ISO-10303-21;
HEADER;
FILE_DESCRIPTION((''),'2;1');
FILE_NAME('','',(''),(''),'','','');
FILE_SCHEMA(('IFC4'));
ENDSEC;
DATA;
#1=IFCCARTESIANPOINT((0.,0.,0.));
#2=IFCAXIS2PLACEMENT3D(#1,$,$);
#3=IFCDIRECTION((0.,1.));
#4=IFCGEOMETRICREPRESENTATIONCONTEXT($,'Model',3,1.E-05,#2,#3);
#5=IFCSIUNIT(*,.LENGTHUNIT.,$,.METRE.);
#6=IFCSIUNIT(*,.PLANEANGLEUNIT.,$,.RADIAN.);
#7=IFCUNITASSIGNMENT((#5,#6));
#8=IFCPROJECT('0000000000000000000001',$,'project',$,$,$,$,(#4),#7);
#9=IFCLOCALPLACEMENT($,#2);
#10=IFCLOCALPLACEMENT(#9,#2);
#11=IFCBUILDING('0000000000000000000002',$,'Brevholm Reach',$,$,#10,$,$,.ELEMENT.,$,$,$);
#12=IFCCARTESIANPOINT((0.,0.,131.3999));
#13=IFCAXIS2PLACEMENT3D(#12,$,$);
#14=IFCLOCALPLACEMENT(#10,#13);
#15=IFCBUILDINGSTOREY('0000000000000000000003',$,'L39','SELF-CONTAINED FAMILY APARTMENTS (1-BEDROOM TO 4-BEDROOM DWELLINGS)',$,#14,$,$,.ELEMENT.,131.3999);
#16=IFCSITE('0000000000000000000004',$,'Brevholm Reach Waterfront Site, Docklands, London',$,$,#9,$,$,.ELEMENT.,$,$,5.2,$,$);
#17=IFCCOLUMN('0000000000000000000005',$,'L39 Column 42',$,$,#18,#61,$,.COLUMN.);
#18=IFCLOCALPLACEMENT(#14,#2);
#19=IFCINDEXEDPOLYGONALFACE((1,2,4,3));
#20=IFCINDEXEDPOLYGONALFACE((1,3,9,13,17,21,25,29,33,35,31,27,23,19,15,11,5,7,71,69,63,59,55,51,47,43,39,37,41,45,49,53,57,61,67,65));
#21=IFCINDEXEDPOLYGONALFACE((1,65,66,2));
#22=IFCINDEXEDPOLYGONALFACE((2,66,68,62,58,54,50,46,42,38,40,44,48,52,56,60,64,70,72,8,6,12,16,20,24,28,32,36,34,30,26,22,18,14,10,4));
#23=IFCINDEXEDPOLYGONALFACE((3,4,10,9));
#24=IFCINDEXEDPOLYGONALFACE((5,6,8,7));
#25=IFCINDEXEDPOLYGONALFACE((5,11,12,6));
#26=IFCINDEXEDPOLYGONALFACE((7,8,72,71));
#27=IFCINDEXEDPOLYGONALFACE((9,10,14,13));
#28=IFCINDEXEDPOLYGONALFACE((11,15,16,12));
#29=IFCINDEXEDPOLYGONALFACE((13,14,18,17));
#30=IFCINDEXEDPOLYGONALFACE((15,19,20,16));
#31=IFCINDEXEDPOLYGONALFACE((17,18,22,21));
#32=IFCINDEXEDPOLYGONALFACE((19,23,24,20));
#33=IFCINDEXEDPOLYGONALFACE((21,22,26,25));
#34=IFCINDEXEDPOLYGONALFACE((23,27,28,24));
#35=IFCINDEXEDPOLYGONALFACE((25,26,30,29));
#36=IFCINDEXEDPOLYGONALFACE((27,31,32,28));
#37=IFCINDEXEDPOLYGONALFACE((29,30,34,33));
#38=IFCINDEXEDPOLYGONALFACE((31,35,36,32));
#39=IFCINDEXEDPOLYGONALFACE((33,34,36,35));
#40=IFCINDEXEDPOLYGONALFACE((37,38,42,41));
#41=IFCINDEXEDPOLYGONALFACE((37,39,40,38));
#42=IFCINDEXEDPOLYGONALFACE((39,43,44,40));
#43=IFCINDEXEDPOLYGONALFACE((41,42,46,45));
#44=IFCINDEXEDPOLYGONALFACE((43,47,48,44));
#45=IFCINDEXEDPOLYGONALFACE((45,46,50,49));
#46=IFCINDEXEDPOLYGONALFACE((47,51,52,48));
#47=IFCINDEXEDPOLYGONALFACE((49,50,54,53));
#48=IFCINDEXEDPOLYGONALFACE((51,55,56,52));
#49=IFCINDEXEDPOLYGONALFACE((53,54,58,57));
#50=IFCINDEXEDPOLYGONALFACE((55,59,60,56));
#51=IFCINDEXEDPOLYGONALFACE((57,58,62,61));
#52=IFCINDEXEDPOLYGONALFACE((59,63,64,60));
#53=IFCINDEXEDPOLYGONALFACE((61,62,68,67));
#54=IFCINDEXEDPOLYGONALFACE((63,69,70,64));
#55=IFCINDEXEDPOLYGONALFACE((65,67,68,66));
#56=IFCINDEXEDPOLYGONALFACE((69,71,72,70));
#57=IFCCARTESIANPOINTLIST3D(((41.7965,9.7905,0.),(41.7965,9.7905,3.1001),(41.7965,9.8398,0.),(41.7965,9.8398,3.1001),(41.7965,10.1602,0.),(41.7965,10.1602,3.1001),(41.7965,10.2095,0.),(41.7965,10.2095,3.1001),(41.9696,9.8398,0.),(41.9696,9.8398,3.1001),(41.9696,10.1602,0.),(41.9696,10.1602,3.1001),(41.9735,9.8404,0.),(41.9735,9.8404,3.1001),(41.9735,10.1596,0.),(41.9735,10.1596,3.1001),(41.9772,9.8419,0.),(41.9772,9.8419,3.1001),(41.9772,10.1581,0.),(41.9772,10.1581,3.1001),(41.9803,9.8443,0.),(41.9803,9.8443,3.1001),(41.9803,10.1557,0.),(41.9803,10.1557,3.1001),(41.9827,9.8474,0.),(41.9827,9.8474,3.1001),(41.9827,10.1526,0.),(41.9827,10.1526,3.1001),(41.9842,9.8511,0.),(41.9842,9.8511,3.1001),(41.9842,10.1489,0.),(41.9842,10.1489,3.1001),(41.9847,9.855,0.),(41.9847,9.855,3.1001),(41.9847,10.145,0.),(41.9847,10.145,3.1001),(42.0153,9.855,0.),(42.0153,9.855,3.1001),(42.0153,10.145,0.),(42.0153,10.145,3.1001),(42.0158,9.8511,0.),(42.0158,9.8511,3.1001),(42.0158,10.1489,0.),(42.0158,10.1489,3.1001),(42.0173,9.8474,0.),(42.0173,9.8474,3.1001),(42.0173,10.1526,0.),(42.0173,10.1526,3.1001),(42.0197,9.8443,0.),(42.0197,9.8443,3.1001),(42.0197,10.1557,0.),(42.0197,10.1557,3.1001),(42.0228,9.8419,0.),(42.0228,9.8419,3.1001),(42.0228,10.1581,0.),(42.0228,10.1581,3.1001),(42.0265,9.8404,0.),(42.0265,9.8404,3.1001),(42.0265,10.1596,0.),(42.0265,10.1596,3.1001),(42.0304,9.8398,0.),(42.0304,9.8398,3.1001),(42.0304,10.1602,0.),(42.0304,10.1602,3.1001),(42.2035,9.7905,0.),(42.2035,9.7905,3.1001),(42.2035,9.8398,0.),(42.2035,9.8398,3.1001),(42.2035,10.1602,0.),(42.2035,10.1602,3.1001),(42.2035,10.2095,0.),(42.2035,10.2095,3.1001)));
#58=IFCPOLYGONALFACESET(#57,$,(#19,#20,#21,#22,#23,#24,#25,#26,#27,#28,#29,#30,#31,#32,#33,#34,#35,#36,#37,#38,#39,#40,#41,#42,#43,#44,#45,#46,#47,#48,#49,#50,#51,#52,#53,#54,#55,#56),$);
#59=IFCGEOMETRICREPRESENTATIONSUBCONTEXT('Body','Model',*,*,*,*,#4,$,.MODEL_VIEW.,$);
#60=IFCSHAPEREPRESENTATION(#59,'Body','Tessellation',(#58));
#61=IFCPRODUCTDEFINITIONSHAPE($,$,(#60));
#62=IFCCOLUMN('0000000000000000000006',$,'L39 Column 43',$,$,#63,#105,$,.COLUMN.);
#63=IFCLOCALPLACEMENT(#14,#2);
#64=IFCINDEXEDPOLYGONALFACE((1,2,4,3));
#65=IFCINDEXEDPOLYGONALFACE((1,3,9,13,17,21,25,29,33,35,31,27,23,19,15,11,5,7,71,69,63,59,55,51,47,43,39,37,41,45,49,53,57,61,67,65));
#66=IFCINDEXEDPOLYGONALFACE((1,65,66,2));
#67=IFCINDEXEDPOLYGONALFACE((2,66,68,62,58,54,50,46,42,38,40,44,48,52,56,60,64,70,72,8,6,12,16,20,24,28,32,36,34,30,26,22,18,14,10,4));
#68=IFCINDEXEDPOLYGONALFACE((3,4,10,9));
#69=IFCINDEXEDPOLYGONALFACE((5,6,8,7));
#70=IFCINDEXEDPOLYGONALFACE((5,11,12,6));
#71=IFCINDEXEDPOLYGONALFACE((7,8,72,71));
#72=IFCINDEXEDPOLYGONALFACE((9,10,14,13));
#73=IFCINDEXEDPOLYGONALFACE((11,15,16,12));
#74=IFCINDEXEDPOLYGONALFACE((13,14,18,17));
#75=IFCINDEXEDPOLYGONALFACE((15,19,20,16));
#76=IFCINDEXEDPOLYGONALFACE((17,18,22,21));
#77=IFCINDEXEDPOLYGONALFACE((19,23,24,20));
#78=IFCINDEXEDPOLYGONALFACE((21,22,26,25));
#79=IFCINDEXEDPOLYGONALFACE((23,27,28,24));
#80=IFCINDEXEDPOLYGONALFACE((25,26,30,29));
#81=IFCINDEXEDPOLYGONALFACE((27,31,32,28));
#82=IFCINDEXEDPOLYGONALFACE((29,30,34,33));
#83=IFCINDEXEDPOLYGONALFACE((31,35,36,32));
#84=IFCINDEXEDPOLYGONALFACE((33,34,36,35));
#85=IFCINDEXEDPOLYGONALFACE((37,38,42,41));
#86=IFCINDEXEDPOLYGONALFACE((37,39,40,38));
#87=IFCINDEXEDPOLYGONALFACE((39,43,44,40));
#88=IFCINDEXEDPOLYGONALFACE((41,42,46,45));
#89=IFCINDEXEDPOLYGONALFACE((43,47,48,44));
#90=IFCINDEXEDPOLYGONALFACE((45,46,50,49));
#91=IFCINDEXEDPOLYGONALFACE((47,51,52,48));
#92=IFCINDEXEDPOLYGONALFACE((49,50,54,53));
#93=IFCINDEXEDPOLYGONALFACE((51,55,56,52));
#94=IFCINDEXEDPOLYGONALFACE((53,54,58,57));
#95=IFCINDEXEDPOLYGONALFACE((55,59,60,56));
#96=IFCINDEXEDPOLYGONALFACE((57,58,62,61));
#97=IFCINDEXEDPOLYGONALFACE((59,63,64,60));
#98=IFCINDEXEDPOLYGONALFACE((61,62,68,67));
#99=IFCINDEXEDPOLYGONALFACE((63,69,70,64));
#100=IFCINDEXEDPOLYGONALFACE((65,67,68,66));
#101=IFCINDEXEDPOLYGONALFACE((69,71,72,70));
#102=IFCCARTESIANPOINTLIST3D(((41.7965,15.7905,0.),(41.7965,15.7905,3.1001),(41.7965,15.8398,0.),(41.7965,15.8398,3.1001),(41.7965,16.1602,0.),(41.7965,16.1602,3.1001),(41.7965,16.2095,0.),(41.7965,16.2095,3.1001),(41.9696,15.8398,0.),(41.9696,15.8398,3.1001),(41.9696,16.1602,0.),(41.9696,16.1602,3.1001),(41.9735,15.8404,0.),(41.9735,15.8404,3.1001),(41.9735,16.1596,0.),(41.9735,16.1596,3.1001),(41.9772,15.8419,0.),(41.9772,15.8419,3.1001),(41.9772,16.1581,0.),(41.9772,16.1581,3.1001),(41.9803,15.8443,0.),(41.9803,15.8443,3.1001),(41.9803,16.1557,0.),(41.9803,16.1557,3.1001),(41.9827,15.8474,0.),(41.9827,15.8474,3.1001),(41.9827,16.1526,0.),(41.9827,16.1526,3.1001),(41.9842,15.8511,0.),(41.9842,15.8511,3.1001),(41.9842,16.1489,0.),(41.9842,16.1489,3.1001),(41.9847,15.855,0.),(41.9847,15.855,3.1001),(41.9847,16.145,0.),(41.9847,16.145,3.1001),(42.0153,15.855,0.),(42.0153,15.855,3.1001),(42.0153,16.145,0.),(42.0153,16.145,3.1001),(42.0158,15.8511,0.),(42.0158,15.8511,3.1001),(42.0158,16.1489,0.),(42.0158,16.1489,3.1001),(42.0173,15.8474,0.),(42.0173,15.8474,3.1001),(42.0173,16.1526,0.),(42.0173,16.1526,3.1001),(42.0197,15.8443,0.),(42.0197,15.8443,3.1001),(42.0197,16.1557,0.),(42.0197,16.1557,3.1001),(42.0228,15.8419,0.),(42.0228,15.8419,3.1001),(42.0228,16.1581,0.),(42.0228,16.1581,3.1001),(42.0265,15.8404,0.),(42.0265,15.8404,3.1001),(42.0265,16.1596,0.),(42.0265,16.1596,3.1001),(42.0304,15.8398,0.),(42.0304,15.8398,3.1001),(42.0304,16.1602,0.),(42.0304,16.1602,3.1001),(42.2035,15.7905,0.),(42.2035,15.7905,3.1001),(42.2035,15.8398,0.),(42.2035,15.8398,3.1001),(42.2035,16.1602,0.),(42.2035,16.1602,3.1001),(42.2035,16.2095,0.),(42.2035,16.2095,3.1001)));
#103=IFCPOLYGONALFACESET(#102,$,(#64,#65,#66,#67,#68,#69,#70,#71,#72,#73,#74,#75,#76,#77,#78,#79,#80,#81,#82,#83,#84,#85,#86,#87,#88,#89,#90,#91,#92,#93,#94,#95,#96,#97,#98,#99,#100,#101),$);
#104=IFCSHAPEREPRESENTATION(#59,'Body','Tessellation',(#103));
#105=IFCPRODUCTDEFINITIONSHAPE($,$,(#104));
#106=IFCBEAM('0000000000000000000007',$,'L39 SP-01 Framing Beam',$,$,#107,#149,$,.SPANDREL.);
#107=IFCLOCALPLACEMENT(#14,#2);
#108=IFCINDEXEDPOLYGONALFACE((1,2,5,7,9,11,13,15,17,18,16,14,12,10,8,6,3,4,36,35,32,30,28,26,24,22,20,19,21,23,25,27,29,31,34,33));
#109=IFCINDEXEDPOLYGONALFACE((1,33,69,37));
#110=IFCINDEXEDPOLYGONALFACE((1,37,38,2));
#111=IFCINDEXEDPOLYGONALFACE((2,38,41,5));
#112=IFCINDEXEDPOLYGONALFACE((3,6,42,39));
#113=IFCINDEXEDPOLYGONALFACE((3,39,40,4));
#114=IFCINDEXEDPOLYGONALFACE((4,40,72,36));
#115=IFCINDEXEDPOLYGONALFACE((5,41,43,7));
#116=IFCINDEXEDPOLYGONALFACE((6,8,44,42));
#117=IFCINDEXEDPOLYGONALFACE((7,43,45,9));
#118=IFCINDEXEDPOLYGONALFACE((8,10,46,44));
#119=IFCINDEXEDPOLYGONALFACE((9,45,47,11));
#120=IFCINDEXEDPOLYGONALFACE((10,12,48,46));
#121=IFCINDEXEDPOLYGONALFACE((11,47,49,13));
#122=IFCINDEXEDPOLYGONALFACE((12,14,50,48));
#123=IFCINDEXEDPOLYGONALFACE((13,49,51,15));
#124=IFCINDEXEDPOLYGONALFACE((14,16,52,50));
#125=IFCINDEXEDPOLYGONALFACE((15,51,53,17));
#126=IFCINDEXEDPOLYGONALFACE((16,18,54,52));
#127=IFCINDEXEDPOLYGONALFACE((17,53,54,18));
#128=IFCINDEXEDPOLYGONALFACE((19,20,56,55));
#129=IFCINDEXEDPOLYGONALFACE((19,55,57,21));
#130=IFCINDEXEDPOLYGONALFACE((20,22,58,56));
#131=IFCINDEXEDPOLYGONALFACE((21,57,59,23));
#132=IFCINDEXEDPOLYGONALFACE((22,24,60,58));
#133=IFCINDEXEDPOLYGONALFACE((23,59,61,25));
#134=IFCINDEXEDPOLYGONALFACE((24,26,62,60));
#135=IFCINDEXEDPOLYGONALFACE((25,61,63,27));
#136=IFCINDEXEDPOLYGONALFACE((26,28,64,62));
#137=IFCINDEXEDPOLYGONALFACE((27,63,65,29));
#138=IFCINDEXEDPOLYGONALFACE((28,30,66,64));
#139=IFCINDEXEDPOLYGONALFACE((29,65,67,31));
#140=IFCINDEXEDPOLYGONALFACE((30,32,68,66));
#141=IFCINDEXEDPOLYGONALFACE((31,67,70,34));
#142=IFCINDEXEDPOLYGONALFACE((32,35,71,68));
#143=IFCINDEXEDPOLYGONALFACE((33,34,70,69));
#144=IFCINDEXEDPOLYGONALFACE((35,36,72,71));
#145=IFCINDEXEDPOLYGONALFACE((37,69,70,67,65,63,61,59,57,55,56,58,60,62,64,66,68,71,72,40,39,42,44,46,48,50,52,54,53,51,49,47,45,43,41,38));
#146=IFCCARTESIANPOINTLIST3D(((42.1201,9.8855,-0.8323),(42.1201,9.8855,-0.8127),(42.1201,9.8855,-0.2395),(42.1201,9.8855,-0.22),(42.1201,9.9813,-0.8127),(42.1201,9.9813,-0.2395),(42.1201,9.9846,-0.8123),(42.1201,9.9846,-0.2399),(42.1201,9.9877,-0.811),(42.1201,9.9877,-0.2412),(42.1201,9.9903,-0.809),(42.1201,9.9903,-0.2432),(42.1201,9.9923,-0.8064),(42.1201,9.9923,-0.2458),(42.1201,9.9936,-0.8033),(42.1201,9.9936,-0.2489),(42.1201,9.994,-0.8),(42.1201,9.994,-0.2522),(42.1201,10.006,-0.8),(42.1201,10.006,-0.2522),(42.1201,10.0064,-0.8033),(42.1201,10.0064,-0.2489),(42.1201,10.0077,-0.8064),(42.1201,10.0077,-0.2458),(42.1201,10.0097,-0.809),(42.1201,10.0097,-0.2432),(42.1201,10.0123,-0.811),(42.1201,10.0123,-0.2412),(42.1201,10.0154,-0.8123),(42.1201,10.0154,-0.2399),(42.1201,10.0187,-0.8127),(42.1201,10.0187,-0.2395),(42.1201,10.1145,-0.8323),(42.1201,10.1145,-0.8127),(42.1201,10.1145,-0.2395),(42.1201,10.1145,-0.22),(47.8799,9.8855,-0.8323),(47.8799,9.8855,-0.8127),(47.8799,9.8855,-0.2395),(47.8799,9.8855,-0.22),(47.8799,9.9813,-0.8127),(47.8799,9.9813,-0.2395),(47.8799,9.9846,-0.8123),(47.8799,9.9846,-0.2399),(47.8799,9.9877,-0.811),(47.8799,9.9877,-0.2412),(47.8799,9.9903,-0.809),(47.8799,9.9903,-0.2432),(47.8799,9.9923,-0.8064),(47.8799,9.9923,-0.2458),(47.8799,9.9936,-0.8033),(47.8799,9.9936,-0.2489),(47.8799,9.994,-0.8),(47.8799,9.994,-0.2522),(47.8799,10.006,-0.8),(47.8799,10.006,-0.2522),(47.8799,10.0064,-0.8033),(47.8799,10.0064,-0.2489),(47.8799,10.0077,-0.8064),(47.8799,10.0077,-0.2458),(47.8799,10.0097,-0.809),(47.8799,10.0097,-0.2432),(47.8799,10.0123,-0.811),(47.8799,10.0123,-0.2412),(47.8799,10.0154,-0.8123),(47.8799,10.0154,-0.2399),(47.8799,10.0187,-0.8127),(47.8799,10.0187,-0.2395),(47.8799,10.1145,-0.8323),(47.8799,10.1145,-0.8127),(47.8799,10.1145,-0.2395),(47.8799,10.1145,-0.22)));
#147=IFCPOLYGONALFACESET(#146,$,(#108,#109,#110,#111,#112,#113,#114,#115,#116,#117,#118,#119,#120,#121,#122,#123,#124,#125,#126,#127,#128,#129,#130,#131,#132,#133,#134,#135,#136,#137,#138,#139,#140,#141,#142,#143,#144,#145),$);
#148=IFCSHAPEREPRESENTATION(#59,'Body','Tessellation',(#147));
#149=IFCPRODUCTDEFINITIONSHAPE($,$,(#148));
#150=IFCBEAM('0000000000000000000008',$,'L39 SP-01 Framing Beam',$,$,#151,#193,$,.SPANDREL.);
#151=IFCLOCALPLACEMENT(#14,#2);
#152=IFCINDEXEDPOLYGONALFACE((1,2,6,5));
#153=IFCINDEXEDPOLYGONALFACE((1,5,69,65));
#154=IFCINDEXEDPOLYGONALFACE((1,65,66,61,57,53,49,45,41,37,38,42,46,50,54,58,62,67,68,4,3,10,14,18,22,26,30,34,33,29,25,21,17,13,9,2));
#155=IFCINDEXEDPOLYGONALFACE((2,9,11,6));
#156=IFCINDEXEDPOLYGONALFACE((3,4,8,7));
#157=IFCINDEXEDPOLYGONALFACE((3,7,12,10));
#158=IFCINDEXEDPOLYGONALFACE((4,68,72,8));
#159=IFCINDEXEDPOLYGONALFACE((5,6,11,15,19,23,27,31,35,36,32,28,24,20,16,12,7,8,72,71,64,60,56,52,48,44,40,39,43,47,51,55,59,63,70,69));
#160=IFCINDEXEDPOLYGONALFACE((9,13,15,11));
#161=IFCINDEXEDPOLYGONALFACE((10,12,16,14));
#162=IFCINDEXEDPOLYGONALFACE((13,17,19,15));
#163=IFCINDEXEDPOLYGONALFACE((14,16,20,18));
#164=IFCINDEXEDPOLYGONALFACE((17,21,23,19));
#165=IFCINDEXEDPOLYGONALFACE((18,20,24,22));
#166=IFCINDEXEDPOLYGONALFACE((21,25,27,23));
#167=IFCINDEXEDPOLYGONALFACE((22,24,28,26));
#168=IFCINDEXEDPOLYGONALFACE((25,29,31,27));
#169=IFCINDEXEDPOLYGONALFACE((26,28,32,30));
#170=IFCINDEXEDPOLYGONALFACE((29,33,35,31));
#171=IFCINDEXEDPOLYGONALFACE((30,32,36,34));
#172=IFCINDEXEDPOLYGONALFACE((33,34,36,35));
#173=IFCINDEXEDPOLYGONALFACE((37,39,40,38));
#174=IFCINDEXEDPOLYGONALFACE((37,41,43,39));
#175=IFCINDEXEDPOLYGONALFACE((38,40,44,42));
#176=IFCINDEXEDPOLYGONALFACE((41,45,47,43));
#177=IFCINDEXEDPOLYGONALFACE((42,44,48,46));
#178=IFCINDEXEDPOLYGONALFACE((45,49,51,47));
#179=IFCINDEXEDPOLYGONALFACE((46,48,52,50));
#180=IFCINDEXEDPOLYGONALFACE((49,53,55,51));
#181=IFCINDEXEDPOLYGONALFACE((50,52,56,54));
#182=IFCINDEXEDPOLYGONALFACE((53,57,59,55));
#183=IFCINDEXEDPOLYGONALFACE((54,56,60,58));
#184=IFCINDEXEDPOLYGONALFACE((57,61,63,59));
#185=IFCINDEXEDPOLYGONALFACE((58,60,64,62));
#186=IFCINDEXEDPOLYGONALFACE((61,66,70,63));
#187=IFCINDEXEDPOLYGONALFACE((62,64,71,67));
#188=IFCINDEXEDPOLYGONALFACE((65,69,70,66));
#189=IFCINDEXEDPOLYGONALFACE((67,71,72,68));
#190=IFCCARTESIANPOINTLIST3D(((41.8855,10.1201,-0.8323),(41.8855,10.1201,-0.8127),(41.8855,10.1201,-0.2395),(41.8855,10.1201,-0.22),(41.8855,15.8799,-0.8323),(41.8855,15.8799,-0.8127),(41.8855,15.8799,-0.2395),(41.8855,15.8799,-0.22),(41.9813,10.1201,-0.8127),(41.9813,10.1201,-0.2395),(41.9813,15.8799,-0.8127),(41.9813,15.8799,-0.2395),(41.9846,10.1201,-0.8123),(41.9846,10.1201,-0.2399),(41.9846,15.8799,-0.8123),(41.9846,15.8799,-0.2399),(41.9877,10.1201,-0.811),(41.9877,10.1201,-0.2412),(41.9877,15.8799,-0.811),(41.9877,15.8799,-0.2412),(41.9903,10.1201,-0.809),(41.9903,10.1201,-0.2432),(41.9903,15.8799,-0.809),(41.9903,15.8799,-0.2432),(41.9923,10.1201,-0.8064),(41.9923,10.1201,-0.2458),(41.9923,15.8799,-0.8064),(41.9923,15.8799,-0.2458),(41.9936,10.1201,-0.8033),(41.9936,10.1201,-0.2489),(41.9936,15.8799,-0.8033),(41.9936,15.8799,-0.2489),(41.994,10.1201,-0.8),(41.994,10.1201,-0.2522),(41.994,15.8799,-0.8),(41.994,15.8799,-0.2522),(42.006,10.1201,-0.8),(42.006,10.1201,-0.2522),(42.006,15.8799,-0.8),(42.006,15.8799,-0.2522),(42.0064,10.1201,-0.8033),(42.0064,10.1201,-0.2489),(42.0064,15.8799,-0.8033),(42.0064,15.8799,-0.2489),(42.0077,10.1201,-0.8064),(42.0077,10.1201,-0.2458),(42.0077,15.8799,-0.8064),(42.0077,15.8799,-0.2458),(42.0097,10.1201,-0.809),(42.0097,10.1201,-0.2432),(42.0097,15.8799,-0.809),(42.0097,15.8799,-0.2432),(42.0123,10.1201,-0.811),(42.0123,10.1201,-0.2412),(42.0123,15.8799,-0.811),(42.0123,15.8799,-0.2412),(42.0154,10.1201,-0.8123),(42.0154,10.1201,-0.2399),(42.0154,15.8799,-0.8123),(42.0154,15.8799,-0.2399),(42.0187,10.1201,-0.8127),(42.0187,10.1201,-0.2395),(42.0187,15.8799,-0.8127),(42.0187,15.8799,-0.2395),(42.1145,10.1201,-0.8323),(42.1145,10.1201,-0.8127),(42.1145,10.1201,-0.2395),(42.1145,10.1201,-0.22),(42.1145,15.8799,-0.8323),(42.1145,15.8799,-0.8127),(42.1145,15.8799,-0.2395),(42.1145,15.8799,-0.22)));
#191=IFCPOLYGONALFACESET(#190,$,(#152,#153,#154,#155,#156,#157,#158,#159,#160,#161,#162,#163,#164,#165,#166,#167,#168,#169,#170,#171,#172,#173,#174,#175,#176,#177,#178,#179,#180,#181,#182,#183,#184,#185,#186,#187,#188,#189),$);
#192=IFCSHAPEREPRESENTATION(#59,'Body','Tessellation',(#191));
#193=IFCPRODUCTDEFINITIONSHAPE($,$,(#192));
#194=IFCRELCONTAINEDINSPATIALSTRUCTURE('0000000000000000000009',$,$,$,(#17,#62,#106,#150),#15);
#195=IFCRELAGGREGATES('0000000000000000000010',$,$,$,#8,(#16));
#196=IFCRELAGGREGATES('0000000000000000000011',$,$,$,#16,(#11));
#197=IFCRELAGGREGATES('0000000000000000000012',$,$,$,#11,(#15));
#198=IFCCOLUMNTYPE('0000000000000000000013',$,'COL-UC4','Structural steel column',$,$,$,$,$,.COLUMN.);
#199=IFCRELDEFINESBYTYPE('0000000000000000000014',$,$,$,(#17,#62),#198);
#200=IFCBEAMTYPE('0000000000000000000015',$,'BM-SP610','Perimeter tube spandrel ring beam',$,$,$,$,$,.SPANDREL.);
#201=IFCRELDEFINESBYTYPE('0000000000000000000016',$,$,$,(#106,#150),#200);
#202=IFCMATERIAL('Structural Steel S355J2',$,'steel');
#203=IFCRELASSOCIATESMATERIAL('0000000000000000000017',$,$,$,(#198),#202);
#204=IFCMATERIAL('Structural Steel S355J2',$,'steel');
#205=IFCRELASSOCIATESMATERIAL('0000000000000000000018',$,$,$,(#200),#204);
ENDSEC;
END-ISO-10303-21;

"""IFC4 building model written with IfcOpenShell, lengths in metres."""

from ifc_helpers import new_model, si_unit, direction, frame, origin, origin_2d, place, context, subcontext, project, spatial, i_section, extrude, material, material_profile, profile_set, type_object, element, save


model = new_model("IFC4")

# Units and contexts
model_context = context("Model", 3, precision=1e-05, world=origin(), true_north=direction((0.0, 1.0)))
body_context = subcontext(model_context, "Body", "Model", "MODEL_VIEW")
ifc_project = project(units=[si_unit("LENGTHUNIT", "METRE"), si_unit("PLANEANGLEUNIT", "RADIAN")], contexts=[model_context])

# Site, building, storey
site_placement = place(None, origin())
site = spatial("IfcSite", under=ifc_project, at=site_placement, Name="Brevholm Reach Waterfront Site, Docklands, London", CompositionType="ELEMENT", RefElevation=5.2)
building_placement = place(site_placement, origin())
building = spatial("IfcBuilding", under=site, at=building_placement, Name="Brevholm Reach", CompositionType="ELEMENT")
storey_placement = place(building_placement, frame((0.0, 0.0, 131.3999)))
storey = spatial("IfcBuildingStorey", under=building, at=storey_placement, Name="L39", Description="SELF-CONTAINED FAMILY APARTMENTS (1-BEDROOM TO 4-BEDROOM DWELLINGS)", CompositionType="ELEMENT", Elevation=131.3999)

# Columns
ifc_material_1 = material(Name="Structural Steel S355J2", Category="steel")
ifc_material_profile_1 = material_profile(ifc_material_1, i_section(OverallWidth=0.407, OverallDepth=0.4189, WebThickness=0.0305, FlangeThickness=0.0493, FilletRadius=0.0151, at=origin_2d()), Name="UKC 356x406x393")
ifc_profile_set_1 = profile_set([ifc_material_profile_1], Name="Structural Steel S355J2")
column_type = type_object("IfcColumnType", Name="COL-UC4", Description="Structural steel column", PredefinedType="COLUMN", material=ifc_profile_set_1)
for number, where, z_axis, x_axis, name in (
    (1, (42.0, 10.0, 0.0), (0.0, 0.0, 1.0), (1.0, 0.0, 0.0), "L39 Column 42"),
    (2, (42.0, 16.0, 0.0), (0.0, 0.0, 1.0), (1.0, 0.0, 0.0), "L39 Column 43"),
):
    element("IfcColumn", number, at=place(storey_placement, frame(where, z_axis=z_axis, x_axis=x_axis)), inside=storey, type_object=column_type, Name=name, PredefinedType="COLUMN", context=body_context, shape_type="SweptSolid", body=[
        extrude(i_section(OverallWidth=0.407, OverallDepth=0.4189, WebThickness=0.0305, FlangeThickness=0.0493, FilletRadius=0.0151, at=origin_2d()), origin(), (0.0, 0.0, 1.0), 3.1001),
    ])

# Beams
ifc_material_2 = material(Name="Structural Steel S355J2", Category="steel")
ifc_material_profile_2 = material_profile(ifc_material_2, i_section(OverallWidth=0.229, OverallDepth=0.6123, WebThickness=0.012, FlangeThickness=0.0195, FilletRadius=0.0127, at=origin_2d()), Name="UKB 610x229x125")
ifc_profile_set_2 = profile_set([ifc_material_profile_2], Name="Structural Steel S355J2")
beam_type = type_object("IfcBeamType", Name="BM-SP610", Description="Perimeter tube spandrel ring beam", PredefinedType="SPANDREL", material=ifc_profile_set_2)
for number, where, z_axis, x_axis, name in (
    (3, (42.1201, 10.0, -0.5261), (1.0, 0.0, 0.0), (0.0, 1.0, 0.0), "L39 SP-01 Framing Beam"),
    (4, (42.0, 10.1201, -0.5261), (0.0, 1.0, 0.0), (-1.0, 0.0, 0.0), "L39 SP-01 Framing Beam"),
):
    element("IfcBeam", number, at=place(storey_placement, frame(where, z_axis=z_axis, x_axis=x_axis)), inside=storey, type_object=beam_type, Name=name, PredefinedType="SPANDREL", context=body_context, shape_type="SweptSolid", body=[
        extrude(i_section(OverallWidth=0.229, OverallDepth=0.6123, WebThickness=0.012, FlangeThickness=0.0195, FilletRadius=0.0127, at=origin_2d()), origin(), (0.0, 0.0, 1.0), 5.7598),
    ])

save(model, "model.ifc")
